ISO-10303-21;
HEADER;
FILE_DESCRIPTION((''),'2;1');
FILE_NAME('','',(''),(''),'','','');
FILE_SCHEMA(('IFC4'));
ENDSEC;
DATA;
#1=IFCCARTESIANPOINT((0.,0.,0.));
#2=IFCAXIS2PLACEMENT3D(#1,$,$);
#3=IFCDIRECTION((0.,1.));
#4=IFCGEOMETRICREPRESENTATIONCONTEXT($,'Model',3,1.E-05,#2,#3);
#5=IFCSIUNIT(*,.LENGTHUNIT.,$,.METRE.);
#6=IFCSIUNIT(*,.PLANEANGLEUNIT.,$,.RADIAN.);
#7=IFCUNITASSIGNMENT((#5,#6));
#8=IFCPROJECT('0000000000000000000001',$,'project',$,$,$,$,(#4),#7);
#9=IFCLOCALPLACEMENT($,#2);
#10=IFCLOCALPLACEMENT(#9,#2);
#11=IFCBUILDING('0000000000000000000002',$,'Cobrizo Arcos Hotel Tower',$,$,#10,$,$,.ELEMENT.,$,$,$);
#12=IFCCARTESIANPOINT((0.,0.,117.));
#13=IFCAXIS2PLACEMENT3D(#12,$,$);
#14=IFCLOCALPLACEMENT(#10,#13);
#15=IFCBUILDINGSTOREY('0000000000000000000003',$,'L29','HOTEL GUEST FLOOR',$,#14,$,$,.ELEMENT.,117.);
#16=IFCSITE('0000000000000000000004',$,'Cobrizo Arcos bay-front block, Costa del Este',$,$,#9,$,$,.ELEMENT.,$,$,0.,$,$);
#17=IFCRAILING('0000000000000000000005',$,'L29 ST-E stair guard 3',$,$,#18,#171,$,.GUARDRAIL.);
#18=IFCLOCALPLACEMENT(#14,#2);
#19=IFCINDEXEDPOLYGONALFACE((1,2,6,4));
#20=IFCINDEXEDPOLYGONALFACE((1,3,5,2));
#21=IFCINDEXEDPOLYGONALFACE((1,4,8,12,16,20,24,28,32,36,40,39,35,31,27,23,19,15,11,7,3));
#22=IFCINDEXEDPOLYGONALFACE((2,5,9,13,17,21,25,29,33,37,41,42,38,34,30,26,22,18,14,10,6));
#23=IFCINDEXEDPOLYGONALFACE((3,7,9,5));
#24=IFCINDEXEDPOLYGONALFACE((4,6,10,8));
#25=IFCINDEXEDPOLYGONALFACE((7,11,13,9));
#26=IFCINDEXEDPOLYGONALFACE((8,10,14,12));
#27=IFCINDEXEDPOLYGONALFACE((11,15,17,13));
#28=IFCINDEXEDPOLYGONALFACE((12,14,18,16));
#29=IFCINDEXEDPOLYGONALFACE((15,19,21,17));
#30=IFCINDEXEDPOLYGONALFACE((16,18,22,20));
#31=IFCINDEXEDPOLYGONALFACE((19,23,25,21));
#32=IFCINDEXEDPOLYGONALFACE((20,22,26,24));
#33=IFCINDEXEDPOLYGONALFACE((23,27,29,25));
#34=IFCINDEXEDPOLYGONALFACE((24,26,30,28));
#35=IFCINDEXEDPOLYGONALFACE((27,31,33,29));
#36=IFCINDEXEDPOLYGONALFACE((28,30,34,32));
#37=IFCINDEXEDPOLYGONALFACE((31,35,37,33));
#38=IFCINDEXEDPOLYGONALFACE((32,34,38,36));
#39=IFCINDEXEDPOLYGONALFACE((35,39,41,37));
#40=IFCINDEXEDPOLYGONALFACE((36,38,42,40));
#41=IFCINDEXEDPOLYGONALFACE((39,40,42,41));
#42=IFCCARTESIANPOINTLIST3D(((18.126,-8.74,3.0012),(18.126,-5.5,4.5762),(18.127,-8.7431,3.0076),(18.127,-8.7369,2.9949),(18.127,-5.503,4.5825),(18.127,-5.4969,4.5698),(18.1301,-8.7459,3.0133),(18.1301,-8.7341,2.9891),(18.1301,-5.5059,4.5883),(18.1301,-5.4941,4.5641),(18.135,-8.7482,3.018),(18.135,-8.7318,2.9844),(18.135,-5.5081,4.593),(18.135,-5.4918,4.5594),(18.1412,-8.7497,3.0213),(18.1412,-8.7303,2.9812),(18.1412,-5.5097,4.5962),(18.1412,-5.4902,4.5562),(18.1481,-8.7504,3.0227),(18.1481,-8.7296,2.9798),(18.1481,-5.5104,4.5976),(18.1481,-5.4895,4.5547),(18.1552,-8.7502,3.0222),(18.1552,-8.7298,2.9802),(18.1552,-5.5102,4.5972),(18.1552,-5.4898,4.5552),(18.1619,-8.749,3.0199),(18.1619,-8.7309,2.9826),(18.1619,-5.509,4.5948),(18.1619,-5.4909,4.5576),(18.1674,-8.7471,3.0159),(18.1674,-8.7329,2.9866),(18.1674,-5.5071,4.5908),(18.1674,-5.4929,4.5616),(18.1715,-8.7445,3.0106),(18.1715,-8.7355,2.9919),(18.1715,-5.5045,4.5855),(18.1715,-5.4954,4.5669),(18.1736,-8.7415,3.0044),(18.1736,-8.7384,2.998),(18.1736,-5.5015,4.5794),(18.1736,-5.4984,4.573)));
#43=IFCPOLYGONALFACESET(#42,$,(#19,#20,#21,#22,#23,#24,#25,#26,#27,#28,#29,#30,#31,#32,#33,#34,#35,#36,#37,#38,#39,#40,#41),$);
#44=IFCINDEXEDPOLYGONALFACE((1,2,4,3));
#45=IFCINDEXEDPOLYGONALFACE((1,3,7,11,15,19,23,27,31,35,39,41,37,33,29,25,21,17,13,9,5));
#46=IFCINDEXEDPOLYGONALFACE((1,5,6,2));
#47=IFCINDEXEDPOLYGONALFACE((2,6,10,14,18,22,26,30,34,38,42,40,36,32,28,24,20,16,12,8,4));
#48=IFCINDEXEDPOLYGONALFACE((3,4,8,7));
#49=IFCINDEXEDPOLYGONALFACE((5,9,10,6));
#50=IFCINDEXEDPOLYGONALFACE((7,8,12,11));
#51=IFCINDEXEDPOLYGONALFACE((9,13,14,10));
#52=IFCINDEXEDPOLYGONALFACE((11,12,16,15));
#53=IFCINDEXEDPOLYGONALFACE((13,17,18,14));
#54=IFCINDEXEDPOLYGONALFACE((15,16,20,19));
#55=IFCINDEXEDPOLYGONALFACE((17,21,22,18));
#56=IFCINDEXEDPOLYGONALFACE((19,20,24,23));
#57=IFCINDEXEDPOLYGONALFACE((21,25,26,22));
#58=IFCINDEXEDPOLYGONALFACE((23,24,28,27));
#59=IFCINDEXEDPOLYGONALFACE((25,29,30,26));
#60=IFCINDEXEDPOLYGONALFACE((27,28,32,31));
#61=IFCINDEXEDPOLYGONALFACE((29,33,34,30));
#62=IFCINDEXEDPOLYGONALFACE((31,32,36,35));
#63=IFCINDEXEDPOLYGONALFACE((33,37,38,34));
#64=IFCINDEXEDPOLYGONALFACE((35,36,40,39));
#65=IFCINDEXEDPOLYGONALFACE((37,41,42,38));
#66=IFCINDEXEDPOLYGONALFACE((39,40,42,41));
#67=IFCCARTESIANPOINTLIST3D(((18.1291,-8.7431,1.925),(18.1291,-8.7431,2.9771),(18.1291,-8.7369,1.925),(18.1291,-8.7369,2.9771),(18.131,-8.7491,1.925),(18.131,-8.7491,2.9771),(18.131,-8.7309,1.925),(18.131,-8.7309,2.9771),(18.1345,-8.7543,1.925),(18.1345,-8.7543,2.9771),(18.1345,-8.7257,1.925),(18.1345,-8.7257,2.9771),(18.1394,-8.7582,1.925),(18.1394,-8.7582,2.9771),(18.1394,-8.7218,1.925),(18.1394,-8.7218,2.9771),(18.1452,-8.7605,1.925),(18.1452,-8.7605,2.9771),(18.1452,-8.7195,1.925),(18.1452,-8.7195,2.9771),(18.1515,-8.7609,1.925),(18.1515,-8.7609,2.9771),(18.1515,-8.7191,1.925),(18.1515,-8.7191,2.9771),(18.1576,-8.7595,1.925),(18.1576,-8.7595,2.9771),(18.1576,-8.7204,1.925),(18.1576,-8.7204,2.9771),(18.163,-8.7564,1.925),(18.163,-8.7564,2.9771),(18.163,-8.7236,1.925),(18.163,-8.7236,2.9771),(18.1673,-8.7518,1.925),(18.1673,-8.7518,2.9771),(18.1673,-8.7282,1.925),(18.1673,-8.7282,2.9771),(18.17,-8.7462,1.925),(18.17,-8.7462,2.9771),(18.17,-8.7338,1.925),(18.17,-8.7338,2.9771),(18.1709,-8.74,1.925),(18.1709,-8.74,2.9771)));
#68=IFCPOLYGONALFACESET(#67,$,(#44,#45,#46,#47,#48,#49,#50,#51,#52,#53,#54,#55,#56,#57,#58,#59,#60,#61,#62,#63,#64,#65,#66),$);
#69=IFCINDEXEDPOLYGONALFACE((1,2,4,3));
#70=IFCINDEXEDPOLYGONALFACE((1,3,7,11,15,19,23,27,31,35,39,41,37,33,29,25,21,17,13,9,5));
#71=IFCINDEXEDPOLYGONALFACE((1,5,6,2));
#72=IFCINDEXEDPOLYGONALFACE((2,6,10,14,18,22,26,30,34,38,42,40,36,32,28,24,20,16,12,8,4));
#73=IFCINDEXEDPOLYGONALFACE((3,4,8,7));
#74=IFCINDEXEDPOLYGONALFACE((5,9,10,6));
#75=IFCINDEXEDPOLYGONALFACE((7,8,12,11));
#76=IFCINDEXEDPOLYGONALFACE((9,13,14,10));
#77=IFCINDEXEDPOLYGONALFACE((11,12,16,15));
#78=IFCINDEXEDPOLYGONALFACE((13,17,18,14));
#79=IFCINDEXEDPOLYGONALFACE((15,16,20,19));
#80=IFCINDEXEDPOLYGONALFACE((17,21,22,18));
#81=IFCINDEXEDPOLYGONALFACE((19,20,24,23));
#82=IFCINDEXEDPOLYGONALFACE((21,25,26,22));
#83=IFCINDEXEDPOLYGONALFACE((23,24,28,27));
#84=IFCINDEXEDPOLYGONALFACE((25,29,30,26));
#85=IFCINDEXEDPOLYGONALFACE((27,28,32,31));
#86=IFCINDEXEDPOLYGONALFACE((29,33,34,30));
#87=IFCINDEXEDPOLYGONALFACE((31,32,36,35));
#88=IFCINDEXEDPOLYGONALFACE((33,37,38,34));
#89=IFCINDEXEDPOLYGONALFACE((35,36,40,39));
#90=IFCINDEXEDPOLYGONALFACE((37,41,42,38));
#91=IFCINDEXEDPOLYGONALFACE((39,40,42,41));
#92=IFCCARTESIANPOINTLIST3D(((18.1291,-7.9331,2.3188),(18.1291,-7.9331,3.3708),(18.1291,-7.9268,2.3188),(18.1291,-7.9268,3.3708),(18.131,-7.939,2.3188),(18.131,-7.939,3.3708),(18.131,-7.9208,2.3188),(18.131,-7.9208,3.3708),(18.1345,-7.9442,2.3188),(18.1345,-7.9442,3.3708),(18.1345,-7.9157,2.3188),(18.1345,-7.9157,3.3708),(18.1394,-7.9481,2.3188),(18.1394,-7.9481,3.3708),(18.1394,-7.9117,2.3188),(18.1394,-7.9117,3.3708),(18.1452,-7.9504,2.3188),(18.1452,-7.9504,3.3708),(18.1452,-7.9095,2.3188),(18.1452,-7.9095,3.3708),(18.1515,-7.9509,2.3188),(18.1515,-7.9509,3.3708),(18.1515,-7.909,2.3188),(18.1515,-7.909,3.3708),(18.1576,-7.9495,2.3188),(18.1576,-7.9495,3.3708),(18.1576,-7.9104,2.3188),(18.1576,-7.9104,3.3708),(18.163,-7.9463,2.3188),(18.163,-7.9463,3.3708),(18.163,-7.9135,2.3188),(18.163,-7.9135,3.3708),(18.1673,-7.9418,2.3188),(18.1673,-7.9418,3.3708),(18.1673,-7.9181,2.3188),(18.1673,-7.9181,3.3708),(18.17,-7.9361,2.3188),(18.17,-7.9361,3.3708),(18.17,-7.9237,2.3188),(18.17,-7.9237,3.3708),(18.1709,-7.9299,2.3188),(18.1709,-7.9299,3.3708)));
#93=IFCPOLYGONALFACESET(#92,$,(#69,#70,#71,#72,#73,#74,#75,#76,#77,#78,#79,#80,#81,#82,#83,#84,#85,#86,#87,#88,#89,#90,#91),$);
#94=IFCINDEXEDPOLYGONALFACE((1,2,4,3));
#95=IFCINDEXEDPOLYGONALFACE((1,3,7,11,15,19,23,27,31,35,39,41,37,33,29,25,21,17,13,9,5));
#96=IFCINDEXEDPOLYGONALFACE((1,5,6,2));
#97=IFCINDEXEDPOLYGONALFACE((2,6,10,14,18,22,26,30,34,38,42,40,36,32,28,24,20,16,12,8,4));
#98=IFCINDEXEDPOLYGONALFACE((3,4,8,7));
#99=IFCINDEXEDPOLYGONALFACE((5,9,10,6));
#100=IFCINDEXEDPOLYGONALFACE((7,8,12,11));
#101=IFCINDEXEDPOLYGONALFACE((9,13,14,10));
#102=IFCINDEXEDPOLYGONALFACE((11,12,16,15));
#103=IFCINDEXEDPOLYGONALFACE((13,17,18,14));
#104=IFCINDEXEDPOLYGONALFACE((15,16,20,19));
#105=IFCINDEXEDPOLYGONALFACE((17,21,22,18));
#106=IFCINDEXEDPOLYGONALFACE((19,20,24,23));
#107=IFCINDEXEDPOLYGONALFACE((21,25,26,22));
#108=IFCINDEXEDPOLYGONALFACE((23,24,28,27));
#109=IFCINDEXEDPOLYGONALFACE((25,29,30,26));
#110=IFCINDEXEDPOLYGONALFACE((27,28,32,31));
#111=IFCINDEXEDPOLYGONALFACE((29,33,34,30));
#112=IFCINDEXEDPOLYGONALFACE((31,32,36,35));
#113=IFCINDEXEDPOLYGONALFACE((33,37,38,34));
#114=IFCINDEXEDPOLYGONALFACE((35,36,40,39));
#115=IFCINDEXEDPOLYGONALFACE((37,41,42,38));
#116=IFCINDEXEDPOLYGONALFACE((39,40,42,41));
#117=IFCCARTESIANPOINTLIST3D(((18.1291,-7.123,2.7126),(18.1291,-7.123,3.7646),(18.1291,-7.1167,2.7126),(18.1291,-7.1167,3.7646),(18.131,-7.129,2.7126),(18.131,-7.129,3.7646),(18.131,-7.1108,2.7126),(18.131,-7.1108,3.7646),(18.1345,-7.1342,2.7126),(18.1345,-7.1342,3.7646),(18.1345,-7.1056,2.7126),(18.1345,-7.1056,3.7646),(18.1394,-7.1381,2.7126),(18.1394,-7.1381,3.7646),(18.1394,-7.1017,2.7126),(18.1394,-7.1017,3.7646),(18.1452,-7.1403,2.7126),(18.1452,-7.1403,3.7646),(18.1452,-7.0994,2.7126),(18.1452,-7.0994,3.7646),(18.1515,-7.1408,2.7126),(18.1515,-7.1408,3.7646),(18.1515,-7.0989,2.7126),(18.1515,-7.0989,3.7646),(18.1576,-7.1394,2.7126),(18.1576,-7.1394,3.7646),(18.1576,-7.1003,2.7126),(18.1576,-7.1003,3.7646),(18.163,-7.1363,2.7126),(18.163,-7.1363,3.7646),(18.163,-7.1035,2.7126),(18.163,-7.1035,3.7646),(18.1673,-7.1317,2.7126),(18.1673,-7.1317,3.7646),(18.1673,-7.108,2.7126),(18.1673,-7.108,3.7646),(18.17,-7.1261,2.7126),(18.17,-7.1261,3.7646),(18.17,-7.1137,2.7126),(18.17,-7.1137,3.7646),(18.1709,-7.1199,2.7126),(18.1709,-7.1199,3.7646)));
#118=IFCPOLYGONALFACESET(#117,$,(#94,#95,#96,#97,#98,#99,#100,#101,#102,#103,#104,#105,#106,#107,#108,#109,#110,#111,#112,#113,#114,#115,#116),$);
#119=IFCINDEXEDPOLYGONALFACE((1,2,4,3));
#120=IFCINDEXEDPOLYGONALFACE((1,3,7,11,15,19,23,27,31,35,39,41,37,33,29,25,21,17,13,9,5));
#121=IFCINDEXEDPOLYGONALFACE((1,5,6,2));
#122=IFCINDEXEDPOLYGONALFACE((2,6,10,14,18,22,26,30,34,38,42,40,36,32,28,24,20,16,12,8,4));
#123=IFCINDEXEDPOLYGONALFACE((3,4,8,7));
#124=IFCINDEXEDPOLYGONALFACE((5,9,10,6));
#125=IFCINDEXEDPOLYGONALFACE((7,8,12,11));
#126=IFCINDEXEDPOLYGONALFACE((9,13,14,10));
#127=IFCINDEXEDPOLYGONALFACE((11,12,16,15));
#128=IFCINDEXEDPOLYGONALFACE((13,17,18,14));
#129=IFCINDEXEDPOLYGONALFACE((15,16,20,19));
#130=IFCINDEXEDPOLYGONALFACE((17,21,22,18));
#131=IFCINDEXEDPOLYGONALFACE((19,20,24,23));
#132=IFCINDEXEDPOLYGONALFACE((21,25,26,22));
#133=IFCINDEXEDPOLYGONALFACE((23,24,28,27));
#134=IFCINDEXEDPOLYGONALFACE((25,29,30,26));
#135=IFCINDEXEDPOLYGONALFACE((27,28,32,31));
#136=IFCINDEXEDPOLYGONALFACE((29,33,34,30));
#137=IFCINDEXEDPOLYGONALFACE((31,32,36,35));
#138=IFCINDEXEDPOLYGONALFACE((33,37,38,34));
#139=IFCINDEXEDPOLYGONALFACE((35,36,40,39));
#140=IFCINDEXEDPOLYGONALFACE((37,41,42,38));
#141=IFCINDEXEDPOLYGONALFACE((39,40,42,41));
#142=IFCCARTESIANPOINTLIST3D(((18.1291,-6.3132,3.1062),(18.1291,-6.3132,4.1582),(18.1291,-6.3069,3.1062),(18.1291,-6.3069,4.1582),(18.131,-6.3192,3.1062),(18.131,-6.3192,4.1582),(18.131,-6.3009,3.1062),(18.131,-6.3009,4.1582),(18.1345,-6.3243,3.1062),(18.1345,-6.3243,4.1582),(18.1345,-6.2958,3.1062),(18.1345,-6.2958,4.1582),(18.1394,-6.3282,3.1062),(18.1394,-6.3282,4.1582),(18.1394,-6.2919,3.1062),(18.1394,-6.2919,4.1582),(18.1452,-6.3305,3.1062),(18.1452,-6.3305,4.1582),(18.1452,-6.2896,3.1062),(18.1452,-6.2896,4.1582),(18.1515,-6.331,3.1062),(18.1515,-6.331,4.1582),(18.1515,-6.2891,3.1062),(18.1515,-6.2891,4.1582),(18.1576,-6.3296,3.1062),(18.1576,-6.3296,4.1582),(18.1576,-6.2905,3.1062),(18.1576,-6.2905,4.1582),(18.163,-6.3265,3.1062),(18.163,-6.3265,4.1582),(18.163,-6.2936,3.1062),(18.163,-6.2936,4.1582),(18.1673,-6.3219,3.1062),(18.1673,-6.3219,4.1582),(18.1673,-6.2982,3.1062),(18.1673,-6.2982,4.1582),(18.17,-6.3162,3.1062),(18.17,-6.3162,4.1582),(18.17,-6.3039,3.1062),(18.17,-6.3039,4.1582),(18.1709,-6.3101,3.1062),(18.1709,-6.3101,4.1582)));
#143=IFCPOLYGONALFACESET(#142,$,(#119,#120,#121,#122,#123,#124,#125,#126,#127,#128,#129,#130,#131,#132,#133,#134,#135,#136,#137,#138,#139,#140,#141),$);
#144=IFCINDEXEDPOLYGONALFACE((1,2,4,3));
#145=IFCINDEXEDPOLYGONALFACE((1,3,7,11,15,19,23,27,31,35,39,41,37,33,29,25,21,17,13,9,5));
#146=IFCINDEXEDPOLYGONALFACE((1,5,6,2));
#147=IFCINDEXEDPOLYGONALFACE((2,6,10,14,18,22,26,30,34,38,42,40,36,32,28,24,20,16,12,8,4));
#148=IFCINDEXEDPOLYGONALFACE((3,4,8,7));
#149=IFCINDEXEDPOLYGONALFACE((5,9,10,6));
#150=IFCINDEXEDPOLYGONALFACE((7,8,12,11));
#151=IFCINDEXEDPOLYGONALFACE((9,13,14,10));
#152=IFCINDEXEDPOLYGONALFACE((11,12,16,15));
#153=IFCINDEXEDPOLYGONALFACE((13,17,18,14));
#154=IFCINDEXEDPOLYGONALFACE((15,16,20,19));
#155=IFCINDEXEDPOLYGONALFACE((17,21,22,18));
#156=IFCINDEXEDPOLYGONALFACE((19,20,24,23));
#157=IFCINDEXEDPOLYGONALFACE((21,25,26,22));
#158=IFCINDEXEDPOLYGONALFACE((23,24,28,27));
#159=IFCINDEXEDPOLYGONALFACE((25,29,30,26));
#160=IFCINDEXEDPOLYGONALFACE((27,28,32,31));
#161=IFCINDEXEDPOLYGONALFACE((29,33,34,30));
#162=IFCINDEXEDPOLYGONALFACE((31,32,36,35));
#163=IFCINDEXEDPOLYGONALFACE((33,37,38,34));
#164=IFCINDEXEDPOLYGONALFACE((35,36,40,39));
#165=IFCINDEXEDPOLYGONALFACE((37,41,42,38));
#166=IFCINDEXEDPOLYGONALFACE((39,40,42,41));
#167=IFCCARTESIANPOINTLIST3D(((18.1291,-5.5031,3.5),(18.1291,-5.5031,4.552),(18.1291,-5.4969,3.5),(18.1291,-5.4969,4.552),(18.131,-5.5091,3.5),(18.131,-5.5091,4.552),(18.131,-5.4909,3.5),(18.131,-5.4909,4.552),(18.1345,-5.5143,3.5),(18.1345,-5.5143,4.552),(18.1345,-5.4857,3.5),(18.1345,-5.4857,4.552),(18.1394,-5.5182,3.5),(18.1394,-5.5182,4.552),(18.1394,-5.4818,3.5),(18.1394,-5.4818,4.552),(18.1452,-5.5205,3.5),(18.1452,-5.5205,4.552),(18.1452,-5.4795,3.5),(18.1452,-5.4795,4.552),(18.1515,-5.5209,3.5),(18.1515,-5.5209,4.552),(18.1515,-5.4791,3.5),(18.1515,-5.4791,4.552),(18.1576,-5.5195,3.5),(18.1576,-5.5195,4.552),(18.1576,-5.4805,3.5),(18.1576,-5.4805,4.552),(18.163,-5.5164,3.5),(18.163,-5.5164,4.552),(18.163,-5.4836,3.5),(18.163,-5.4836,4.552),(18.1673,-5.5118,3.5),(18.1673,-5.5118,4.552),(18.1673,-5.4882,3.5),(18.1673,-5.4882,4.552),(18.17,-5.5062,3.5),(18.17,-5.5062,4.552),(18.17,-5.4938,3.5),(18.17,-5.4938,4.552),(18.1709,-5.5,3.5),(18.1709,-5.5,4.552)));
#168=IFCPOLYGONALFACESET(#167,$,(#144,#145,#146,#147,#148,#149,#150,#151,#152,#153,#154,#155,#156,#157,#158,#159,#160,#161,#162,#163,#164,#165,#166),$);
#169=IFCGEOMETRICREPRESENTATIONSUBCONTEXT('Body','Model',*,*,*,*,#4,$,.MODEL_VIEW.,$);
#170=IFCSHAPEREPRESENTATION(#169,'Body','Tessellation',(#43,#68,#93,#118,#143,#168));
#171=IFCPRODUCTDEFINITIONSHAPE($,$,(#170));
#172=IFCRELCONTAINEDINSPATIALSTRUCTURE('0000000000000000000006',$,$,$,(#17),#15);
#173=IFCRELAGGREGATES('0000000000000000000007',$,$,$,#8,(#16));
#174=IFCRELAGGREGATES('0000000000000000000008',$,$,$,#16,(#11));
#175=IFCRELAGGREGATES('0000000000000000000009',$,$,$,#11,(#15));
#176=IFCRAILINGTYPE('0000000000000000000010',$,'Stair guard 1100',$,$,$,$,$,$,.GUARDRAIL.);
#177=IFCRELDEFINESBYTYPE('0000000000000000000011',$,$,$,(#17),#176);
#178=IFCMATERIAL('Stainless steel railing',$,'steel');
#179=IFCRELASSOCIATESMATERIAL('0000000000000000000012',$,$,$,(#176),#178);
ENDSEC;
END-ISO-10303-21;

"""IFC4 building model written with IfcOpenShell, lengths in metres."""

from ifc_helpers import new_model, si_unit, direction, frame, origin, origin_2d, place, context, subcontext, project, spatial, circle, extrude, material, type_object, element, save


model = new_model("IFC4")

# Units and contexts
model_context = context("Model", 3, precision=1e-05, world=origin(), true_north=direction((0.0, 1.0)))
body_context = subcontext(model_context, "Body", "Model", "MODEL_VIEW")
ifc_project = project(units=[si_unit("LENGTHUNIT", "METRE"), si_unit("PLANEANGLEUNIT", "RADIAN")], contexts=[model_context])

# Site, building, storey
site_placement = place(None, origin())
site = spatial("IfcSite", under=ifc_project, at=site_placement, Name="Cobrizo Arcos bay-front block, Costa del Este", CompositionType="ELEMENT", RefElevation=0.0)
building_placement = place(site_placement, origin())
building = spatial("IfcBuilding", under=site, at=building_placement, Name="Cobrizo Arcos Hotel Tower", CompositionType="ELEMENT")
storey_placement = place(building_placement, frame((0.0, 0.0, 117.0)))
storey = spatial("IfcBuildingStorey", under=building, at=storey_placement, Name="L29", Description="HOTEL GUEST FLOOR", CompositionType="ELEMENT", Elevation=117.0)

# Railing
ifc_material_1 = material(Name="Stainless steel railing", Category="steel")
railing_type_1 = type_object("IfcRailingType", Name="Stair guard 1100", PredefinedType="GUARDRAIL", material=ifc_material_1)
railing_1_placement = place(storey_placement, frame((18.1499, -8.74, 1.925)))
element("IfcRailing", 1, at=railing_1_placement, inside=storey, type_object=railing_type_1, Name="L29 ST-E stair guard 3", PredefinedType="GUARDRAIL", context=body_context, shape_type="SweptSolid", body=[
    extrude(circle(Radius=0.0239, at=origin_2d()), frame((0.0, 0.0, 1.0762), z_axis=(0.0, 0.899373, 0.437183), x_axis=(-1.0, 0.0, 0.0)), (0.0, 0.0, 1.0), 3.6025),
    extrude(circle(Radius=0.021, at=origin_2d()), origin(), (0.0, 0.0, 1.0), 1.052),
    extrude(circle(Radius=0.021, at=origin_2d()), frame((0.0, 0.8101, 0.3938)), (0.0, 0.0, 1.0), 1.052),
    extrude(circle(Radius=0.021, at=origin_2d()), frame((0.0, 1.6201, 0.7876)), (0.0, 0.0, 1.0), 1.052),
    extrude(circle(Radius=0.021, at=origin_2d()), frame((0.0, 2.4299, 1.1812)), (0.0, 0.0, 1.0), 1.052),
    extrude(circle(Radius=0.021, at=origin_2d()), frame((0.0, 3.24, 1.575)), (0.0, 0.0, 1.0), 1.052),
])

save(model, "model.ifc")
